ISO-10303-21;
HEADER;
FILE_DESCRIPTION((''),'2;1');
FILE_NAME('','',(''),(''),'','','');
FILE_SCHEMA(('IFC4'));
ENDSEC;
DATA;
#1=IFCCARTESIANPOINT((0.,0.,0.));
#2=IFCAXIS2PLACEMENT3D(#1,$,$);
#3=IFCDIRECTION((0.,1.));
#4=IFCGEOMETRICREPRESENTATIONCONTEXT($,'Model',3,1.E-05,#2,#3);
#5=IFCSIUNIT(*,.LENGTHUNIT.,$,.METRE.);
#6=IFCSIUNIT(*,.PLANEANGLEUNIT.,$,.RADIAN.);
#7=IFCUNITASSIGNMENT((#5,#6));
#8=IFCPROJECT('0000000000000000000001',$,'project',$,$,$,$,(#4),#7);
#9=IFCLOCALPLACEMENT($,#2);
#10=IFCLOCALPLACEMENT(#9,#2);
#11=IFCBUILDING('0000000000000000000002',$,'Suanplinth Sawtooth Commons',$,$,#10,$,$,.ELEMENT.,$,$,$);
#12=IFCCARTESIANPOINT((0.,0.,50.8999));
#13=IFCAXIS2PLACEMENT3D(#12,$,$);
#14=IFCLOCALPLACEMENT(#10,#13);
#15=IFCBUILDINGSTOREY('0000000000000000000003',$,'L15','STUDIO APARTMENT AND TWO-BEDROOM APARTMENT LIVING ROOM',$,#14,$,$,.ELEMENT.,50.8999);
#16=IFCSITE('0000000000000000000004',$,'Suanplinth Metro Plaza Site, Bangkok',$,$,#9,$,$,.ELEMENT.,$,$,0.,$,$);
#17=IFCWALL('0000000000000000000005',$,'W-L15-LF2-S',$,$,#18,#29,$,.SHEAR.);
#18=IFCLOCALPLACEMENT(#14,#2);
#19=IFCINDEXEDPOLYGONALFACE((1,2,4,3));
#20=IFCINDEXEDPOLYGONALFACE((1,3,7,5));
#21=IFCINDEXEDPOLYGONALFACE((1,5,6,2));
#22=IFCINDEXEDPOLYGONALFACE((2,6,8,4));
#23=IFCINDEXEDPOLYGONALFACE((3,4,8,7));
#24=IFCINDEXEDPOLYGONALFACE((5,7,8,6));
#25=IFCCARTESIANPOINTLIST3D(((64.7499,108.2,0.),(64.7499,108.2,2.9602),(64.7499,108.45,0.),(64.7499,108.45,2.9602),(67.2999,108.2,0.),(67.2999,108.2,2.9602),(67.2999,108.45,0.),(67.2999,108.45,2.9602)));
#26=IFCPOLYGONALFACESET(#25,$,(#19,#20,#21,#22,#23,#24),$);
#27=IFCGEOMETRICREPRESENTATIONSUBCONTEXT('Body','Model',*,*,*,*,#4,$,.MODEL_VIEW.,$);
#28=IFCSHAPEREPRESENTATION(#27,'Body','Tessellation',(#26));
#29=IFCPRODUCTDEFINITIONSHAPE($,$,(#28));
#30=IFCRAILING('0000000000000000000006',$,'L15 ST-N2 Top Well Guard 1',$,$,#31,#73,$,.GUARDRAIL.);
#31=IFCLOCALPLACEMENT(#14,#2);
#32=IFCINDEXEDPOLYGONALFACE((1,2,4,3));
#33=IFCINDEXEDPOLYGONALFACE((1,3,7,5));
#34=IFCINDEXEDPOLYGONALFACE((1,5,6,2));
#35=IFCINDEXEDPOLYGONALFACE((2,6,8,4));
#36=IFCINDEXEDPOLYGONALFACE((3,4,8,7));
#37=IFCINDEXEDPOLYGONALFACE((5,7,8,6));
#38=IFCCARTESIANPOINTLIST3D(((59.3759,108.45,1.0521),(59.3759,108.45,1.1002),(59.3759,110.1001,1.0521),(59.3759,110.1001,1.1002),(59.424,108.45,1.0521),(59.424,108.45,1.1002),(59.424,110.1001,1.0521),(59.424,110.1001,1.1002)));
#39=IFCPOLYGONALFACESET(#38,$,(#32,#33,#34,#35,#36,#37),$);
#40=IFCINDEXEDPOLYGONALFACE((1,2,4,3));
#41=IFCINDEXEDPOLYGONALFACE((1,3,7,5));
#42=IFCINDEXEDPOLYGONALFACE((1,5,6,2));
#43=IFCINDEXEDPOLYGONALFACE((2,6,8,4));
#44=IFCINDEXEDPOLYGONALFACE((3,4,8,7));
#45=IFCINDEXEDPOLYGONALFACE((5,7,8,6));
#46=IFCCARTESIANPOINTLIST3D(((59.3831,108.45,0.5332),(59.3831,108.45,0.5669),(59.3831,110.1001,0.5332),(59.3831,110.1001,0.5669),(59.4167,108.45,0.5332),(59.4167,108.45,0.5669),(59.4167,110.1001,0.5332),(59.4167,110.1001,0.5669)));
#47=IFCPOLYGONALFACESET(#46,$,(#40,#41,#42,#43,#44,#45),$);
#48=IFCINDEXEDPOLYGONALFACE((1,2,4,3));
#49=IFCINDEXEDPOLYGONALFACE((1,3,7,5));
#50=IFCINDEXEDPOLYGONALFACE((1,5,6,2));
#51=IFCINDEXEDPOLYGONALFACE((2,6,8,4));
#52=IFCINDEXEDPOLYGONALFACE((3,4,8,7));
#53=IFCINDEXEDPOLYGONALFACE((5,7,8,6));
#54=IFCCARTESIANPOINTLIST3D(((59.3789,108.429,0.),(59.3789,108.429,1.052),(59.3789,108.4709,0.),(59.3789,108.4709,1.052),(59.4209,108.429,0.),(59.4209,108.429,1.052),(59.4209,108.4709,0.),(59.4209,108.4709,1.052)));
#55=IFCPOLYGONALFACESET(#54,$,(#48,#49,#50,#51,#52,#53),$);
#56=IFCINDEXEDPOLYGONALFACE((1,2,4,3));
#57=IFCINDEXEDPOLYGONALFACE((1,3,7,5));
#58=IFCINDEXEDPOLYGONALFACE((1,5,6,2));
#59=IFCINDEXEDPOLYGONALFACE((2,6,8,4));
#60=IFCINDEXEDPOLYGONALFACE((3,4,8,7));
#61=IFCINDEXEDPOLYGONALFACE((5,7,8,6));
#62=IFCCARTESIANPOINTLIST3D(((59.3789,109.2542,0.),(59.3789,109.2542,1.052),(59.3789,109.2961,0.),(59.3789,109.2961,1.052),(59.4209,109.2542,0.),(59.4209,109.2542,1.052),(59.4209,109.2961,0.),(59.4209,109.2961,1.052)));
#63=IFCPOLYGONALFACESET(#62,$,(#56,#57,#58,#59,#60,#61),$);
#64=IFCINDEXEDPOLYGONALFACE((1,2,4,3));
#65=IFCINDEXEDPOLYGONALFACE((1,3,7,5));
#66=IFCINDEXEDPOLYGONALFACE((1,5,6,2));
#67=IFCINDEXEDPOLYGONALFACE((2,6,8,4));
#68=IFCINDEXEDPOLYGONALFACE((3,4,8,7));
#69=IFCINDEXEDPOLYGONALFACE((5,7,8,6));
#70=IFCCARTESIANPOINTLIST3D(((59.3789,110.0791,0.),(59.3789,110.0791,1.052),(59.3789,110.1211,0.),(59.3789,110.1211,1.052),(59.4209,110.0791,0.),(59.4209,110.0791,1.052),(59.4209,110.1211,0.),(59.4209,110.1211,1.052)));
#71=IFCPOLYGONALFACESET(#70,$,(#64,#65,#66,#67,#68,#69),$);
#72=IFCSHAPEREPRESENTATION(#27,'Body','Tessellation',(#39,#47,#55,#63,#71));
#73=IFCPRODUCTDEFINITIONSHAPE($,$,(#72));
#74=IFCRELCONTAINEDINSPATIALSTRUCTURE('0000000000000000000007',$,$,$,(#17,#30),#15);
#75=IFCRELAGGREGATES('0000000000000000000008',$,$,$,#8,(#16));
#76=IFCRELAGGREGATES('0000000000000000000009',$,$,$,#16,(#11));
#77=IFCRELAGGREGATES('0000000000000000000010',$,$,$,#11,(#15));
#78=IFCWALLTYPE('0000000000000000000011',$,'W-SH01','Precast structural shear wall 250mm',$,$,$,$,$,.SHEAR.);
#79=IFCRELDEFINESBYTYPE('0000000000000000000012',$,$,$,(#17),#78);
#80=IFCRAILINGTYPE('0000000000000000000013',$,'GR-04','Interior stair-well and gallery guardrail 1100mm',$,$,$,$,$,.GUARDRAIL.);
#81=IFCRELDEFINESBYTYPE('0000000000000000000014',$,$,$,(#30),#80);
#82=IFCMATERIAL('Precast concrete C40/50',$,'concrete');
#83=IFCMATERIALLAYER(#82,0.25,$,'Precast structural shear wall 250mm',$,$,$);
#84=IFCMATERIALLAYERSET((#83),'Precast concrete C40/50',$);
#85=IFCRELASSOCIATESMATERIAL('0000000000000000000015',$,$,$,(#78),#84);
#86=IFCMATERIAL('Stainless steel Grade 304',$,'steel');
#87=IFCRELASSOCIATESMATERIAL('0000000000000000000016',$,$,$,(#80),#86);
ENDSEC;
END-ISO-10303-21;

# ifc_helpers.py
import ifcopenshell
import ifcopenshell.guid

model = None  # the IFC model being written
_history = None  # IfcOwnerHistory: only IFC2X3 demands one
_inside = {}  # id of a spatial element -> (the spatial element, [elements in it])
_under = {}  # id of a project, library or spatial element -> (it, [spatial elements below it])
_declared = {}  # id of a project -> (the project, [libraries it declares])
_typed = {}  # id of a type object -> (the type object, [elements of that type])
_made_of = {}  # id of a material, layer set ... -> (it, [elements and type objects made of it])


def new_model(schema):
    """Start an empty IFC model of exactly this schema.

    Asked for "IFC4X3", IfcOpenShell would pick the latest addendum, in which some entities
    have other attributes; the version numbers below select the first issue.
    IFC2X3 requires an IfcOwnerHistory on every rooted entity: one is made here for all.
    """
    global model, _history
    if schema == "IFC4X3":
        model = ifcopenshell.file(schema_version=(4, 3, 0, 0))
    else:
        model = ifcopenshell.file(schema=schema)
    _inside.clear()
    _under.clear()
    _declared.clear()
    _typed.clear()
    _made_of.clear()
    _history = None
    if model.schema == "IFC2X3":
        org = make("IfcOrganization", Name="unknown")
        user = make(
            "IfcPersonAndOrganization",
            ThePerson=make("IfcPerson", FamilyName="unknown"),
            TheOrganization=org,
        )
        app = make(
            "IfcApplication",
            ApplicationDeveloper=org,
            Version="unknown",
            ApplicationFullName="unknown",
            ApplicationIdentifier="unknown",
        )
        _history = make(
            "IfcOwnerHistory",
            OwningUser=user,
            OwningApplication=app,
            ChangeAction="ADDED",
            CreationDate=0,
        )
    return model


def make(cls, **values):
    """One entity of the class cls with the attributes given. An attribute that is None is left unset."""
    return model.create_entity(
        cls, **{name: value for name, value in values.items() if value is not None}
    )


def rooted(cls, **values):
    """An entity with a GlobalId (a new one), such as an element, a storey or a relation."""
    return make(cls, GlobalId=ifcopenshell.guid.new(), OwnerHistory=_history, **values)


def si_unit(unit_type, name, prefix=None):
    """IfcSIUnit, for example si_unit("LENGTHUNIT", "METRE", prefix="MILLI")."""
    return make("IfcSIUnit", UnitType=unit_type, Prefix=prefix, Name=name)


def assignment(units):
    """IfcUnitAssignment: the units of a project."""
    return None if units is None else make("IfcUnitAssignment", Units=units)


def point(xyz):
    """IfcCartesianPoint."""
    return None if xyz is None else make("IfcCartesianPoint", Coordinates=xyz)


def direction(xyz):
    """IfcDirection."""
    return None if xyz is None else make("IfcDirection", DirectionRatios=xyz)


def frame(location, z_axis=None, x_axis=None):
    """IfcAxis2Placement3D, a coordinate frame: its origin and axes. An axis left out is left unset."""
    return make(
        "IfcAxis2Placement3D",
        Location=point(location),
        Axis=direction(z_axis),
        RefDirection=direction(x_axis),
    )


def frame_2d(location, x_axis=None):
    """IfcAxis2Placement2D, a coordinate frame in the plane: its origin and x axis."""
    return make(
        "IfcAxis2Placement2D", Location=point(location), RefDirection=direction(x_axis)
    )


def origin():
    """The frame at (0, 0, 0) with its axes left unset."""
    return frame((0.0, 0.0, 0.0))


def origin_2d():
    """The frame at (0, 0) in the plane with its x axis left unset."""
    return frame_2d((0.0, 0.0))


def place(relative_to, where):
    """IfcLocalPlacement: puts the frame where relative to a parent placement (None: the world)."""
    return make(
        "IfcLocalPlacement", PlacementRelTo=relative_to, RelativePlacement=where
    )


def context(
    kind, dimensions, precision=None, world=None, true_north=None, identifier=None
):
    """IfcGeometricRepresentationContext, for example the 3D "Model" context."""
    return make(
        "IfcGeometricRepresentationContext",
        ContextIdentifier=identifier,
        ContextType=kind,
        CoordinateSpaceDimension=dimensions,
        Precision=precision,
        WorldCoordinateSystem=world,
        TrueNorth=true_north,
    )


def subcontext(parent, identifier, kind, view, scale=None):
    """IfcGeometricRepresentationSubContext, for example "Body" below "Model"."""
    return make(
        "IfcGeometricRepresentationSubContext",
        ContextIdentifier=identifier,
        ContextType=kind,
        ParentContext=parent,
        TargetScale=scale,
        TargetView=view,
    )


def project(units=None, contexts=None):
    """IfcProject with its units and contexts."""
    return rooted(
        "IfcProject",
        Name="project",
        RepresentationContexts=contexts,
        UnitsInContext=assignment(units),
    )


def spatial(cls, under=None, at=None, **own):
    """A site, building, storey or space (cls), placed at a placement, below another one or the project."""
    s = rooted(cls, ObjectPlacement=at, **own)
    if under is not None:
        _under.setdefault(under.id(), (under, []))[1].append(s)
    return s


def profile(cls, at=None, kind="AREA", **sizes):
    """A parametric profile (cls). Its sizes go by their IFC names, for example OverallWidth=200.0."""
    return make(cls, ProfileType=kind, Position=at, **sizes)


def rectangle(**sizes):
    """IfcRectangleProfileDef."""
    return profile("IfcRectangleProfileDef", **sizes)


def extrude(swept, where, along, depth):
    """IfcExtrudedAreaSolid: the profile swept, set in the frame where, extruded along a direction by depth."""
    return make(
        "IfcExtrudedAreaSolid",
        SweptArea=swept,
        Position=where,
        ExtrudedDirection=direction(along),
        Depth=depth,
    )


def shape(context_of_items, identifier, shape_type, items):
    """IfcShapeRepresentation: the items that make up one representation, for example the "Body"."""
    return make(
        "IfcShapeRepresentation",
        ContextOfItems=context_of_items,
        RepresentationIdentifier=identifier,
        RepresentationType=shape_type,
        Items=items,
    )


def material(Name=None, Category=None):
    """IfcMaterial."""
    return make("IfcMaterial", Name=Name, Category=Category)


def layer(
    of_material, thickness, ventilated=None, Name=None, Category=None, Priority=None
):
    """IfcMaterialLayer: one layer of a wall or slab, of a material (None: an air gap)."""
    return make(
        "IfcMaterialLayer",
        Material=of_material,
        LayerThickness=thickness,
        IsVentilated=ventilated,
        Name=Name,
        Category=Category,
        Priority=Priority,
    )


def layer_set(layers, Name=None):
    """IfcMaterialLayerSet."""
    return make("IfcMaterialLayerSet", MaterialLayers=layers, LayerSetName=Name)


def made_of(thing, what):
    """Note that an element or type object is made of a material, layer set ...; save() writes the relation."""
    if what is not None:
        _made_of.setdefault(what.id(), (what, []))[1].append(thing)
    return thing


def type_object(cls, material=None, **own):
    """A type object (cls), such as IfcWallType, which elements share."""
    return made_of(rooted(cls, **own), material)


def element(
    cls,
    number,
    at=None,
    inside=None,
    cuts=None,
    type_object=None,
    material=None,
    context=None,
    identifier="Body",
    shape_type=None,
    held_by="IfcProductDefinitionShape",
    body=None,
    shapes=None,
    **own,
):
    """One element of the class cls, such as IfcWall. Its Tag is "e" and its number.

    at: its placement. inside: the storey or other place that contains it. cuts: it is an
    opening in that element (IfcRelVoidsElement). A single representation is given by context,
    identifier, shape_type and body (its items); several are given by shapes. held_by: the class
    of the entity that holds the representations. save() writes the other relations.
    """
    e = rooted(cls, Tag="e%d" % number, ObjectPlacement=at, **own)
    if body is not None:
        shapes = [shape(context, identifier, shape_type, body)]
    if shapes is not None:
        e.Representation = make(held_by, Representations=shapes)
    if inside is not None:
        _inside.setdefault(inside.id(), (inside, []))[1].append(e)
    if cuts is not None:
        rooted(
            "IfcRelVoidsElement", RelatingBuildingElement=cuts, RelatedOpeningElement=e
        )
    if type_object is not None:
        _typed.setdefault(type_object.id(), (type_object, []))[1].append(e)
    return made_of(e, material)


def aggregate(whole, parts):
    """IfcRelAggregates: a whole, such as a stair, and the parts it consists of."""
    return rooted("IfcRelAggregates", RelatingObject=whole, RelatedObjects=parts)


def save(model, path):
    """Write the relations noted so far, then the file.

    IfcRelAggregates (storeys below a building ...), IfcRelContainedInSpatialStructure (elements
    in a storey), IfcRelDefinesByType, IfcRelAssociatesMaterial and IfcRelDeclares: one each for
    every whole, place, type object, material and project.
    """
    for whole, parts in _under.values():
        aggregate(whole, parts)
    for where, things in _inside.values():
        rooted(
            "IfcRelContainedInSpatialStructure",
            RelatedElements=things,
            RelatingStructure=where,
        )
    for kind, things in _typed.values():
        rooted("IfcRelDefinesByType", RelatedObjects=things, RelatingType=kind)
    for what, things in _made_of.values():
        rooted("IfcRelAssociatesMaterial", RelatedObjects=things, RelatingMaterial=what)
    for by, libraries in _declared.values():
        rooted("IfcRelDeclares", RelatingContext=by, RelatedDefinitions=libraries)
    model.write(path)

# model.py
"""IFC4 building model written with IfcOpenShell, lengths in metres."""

from ifc_helpers import new_model, si_unit, direction, frame, frame_2d, origin, origin_2d, place, context, subcontext, project, spatial, rectangle, extrude, material, layer, layer_set, type_object, element, save


model = new_model("IFC4")

# Units and contexts
model_context = context("Model", 3, precision=1e-05, world=origin(), true_north=direction((0.0, 1.0)))
body_context = subcontext(model_context, "Body", "Model", "MODEL_VIEW")
ifc_project = project(units=[si_unit("LENGTHUNIT", "METRE"), si_unit("PLANEANGLEUNIT", "RADIAN")], contexts=[model_context])

# Site, building, storey
site_placement = place(None, origin())
site = spatial("IfcSite", under=ifc_project, at=site_placement, Name="Suanplinth Metro Plaza Site, Bangkok", CompositionType="ELEMENT", RefElevation=0.0)
building_placement = place(site_placement, origin())
building = spatial("IfcBuilding", under=site, at=building_placement, Name="Suanplinth Sawtooth Commons", CompositionType="ELEMENT")
storey_placement = place(building_placement, frame((0.0, 0.0, 50.8999)))
storey = spatial("IfcBuildingStorey", under=building, at=storey_placement, Name="L15", Description="STUDIO APARTMENT AND TWO-BEDROOM APARTMENT LIVING ROOM", CompositionType="ELEMENT", Elevation=50.8999)

# Shared definitions
ifc_material_1 = material(Name="Precast concrete C40/50", Category="concrete")

# Wall
ifc_layer_1 = layer(ifc_material_1, 0.25, Name="Precast structural shear wall 250mm")
ifc_layer_set_1 = layer_set([ifc_layer_1], Name="Precast concrete C40/50")
wall_type_1 = type_object("IfcWallType", Name="W-SH01", Description="Precast structural shear wall 250mm", PredefinedType="SHEAR", material=ifc_layer_set_1)
wall_1_placement = place(storey_placement, frame((64.75, 108.325, 0.0), z_axis=(0.0, 0.0, 1.0), x_axis=(1.0, 0.0, 0.0)))
element("IfcWall", 1, at=wall_1_placement, inside=storey, type_object=wall_type_1, Name="W-L15-LF2-S", PredefinedType="SHEAR", context=body_context, shape_type="SweptSolid", body=[
    extrude(rectangle(XDim=2.55, YDim=0.25, at=frame_2d((1.2749, 0.0))), origin(), (0.0, 0.0, 1.0), 2.9602),
])

# Shared definitions
ifc_material_2 = material(Name="Stainless steel Grade 304", Category="steel")

# Railing
railing_type = type_object("IfcRailingType", Name="GR-04", Description="Interior stair-well and gallery guardrail 1100mm", PredefinedType="GUARDRAIL", material=ifc_material_2)
railing_placement = place(storey_placement, frame((59.3999, 108.45, 0.0)))
element("IfcRailing", 2, at=railing_placement, inside=storey, type_object=railing_type, Name="L15 ST-N2 Top Well Guard 1", PredefinedType="GUARDRAIL", context=body_context, shape_type="SweptSolid", body=[
    extrude(rectangle(XDim=0.0481, YDim=0.0481, at=origin_2d()), frame((0.0, 0.0, 1.0762), z_axis=(0.0, 1.0, 0.0), x_axis=(-1.0, 0.0, 0.0)), (0.0, 0.0, 1.0), 1.6501),
    extrude(rectangle(XDim=0.0337, YDim=0.0337, at=origin_2d()), frame((0.0, 0.0, 0.55), z_axis=(0.0, 1.0, 0.0), x_axis=(-1.0, 0.0, 0.0)), (0.0, 0.0, 1.0), 1.6501),
    extrude(rectangle(XDim=0.042, YDim=0.042, at=origin_2d()), origin(), (0.0, 0.0, 1.0), 1.052),
    extrude(rectangle(XDim=0.042, YDim=0.042, at=origin_2d()), frame((0.0, 0.8252, 0.0)), (0.0, 0.0, 1.0), 1.052),
    extrude(rectangle(XDim=0.042, YDim=0.042, at=origin_2d()), frame((0.0, 1.6501, 0.0)), (0.0, 0.0, 1.0), 1.052),
])

save(model, "model.ifc")
